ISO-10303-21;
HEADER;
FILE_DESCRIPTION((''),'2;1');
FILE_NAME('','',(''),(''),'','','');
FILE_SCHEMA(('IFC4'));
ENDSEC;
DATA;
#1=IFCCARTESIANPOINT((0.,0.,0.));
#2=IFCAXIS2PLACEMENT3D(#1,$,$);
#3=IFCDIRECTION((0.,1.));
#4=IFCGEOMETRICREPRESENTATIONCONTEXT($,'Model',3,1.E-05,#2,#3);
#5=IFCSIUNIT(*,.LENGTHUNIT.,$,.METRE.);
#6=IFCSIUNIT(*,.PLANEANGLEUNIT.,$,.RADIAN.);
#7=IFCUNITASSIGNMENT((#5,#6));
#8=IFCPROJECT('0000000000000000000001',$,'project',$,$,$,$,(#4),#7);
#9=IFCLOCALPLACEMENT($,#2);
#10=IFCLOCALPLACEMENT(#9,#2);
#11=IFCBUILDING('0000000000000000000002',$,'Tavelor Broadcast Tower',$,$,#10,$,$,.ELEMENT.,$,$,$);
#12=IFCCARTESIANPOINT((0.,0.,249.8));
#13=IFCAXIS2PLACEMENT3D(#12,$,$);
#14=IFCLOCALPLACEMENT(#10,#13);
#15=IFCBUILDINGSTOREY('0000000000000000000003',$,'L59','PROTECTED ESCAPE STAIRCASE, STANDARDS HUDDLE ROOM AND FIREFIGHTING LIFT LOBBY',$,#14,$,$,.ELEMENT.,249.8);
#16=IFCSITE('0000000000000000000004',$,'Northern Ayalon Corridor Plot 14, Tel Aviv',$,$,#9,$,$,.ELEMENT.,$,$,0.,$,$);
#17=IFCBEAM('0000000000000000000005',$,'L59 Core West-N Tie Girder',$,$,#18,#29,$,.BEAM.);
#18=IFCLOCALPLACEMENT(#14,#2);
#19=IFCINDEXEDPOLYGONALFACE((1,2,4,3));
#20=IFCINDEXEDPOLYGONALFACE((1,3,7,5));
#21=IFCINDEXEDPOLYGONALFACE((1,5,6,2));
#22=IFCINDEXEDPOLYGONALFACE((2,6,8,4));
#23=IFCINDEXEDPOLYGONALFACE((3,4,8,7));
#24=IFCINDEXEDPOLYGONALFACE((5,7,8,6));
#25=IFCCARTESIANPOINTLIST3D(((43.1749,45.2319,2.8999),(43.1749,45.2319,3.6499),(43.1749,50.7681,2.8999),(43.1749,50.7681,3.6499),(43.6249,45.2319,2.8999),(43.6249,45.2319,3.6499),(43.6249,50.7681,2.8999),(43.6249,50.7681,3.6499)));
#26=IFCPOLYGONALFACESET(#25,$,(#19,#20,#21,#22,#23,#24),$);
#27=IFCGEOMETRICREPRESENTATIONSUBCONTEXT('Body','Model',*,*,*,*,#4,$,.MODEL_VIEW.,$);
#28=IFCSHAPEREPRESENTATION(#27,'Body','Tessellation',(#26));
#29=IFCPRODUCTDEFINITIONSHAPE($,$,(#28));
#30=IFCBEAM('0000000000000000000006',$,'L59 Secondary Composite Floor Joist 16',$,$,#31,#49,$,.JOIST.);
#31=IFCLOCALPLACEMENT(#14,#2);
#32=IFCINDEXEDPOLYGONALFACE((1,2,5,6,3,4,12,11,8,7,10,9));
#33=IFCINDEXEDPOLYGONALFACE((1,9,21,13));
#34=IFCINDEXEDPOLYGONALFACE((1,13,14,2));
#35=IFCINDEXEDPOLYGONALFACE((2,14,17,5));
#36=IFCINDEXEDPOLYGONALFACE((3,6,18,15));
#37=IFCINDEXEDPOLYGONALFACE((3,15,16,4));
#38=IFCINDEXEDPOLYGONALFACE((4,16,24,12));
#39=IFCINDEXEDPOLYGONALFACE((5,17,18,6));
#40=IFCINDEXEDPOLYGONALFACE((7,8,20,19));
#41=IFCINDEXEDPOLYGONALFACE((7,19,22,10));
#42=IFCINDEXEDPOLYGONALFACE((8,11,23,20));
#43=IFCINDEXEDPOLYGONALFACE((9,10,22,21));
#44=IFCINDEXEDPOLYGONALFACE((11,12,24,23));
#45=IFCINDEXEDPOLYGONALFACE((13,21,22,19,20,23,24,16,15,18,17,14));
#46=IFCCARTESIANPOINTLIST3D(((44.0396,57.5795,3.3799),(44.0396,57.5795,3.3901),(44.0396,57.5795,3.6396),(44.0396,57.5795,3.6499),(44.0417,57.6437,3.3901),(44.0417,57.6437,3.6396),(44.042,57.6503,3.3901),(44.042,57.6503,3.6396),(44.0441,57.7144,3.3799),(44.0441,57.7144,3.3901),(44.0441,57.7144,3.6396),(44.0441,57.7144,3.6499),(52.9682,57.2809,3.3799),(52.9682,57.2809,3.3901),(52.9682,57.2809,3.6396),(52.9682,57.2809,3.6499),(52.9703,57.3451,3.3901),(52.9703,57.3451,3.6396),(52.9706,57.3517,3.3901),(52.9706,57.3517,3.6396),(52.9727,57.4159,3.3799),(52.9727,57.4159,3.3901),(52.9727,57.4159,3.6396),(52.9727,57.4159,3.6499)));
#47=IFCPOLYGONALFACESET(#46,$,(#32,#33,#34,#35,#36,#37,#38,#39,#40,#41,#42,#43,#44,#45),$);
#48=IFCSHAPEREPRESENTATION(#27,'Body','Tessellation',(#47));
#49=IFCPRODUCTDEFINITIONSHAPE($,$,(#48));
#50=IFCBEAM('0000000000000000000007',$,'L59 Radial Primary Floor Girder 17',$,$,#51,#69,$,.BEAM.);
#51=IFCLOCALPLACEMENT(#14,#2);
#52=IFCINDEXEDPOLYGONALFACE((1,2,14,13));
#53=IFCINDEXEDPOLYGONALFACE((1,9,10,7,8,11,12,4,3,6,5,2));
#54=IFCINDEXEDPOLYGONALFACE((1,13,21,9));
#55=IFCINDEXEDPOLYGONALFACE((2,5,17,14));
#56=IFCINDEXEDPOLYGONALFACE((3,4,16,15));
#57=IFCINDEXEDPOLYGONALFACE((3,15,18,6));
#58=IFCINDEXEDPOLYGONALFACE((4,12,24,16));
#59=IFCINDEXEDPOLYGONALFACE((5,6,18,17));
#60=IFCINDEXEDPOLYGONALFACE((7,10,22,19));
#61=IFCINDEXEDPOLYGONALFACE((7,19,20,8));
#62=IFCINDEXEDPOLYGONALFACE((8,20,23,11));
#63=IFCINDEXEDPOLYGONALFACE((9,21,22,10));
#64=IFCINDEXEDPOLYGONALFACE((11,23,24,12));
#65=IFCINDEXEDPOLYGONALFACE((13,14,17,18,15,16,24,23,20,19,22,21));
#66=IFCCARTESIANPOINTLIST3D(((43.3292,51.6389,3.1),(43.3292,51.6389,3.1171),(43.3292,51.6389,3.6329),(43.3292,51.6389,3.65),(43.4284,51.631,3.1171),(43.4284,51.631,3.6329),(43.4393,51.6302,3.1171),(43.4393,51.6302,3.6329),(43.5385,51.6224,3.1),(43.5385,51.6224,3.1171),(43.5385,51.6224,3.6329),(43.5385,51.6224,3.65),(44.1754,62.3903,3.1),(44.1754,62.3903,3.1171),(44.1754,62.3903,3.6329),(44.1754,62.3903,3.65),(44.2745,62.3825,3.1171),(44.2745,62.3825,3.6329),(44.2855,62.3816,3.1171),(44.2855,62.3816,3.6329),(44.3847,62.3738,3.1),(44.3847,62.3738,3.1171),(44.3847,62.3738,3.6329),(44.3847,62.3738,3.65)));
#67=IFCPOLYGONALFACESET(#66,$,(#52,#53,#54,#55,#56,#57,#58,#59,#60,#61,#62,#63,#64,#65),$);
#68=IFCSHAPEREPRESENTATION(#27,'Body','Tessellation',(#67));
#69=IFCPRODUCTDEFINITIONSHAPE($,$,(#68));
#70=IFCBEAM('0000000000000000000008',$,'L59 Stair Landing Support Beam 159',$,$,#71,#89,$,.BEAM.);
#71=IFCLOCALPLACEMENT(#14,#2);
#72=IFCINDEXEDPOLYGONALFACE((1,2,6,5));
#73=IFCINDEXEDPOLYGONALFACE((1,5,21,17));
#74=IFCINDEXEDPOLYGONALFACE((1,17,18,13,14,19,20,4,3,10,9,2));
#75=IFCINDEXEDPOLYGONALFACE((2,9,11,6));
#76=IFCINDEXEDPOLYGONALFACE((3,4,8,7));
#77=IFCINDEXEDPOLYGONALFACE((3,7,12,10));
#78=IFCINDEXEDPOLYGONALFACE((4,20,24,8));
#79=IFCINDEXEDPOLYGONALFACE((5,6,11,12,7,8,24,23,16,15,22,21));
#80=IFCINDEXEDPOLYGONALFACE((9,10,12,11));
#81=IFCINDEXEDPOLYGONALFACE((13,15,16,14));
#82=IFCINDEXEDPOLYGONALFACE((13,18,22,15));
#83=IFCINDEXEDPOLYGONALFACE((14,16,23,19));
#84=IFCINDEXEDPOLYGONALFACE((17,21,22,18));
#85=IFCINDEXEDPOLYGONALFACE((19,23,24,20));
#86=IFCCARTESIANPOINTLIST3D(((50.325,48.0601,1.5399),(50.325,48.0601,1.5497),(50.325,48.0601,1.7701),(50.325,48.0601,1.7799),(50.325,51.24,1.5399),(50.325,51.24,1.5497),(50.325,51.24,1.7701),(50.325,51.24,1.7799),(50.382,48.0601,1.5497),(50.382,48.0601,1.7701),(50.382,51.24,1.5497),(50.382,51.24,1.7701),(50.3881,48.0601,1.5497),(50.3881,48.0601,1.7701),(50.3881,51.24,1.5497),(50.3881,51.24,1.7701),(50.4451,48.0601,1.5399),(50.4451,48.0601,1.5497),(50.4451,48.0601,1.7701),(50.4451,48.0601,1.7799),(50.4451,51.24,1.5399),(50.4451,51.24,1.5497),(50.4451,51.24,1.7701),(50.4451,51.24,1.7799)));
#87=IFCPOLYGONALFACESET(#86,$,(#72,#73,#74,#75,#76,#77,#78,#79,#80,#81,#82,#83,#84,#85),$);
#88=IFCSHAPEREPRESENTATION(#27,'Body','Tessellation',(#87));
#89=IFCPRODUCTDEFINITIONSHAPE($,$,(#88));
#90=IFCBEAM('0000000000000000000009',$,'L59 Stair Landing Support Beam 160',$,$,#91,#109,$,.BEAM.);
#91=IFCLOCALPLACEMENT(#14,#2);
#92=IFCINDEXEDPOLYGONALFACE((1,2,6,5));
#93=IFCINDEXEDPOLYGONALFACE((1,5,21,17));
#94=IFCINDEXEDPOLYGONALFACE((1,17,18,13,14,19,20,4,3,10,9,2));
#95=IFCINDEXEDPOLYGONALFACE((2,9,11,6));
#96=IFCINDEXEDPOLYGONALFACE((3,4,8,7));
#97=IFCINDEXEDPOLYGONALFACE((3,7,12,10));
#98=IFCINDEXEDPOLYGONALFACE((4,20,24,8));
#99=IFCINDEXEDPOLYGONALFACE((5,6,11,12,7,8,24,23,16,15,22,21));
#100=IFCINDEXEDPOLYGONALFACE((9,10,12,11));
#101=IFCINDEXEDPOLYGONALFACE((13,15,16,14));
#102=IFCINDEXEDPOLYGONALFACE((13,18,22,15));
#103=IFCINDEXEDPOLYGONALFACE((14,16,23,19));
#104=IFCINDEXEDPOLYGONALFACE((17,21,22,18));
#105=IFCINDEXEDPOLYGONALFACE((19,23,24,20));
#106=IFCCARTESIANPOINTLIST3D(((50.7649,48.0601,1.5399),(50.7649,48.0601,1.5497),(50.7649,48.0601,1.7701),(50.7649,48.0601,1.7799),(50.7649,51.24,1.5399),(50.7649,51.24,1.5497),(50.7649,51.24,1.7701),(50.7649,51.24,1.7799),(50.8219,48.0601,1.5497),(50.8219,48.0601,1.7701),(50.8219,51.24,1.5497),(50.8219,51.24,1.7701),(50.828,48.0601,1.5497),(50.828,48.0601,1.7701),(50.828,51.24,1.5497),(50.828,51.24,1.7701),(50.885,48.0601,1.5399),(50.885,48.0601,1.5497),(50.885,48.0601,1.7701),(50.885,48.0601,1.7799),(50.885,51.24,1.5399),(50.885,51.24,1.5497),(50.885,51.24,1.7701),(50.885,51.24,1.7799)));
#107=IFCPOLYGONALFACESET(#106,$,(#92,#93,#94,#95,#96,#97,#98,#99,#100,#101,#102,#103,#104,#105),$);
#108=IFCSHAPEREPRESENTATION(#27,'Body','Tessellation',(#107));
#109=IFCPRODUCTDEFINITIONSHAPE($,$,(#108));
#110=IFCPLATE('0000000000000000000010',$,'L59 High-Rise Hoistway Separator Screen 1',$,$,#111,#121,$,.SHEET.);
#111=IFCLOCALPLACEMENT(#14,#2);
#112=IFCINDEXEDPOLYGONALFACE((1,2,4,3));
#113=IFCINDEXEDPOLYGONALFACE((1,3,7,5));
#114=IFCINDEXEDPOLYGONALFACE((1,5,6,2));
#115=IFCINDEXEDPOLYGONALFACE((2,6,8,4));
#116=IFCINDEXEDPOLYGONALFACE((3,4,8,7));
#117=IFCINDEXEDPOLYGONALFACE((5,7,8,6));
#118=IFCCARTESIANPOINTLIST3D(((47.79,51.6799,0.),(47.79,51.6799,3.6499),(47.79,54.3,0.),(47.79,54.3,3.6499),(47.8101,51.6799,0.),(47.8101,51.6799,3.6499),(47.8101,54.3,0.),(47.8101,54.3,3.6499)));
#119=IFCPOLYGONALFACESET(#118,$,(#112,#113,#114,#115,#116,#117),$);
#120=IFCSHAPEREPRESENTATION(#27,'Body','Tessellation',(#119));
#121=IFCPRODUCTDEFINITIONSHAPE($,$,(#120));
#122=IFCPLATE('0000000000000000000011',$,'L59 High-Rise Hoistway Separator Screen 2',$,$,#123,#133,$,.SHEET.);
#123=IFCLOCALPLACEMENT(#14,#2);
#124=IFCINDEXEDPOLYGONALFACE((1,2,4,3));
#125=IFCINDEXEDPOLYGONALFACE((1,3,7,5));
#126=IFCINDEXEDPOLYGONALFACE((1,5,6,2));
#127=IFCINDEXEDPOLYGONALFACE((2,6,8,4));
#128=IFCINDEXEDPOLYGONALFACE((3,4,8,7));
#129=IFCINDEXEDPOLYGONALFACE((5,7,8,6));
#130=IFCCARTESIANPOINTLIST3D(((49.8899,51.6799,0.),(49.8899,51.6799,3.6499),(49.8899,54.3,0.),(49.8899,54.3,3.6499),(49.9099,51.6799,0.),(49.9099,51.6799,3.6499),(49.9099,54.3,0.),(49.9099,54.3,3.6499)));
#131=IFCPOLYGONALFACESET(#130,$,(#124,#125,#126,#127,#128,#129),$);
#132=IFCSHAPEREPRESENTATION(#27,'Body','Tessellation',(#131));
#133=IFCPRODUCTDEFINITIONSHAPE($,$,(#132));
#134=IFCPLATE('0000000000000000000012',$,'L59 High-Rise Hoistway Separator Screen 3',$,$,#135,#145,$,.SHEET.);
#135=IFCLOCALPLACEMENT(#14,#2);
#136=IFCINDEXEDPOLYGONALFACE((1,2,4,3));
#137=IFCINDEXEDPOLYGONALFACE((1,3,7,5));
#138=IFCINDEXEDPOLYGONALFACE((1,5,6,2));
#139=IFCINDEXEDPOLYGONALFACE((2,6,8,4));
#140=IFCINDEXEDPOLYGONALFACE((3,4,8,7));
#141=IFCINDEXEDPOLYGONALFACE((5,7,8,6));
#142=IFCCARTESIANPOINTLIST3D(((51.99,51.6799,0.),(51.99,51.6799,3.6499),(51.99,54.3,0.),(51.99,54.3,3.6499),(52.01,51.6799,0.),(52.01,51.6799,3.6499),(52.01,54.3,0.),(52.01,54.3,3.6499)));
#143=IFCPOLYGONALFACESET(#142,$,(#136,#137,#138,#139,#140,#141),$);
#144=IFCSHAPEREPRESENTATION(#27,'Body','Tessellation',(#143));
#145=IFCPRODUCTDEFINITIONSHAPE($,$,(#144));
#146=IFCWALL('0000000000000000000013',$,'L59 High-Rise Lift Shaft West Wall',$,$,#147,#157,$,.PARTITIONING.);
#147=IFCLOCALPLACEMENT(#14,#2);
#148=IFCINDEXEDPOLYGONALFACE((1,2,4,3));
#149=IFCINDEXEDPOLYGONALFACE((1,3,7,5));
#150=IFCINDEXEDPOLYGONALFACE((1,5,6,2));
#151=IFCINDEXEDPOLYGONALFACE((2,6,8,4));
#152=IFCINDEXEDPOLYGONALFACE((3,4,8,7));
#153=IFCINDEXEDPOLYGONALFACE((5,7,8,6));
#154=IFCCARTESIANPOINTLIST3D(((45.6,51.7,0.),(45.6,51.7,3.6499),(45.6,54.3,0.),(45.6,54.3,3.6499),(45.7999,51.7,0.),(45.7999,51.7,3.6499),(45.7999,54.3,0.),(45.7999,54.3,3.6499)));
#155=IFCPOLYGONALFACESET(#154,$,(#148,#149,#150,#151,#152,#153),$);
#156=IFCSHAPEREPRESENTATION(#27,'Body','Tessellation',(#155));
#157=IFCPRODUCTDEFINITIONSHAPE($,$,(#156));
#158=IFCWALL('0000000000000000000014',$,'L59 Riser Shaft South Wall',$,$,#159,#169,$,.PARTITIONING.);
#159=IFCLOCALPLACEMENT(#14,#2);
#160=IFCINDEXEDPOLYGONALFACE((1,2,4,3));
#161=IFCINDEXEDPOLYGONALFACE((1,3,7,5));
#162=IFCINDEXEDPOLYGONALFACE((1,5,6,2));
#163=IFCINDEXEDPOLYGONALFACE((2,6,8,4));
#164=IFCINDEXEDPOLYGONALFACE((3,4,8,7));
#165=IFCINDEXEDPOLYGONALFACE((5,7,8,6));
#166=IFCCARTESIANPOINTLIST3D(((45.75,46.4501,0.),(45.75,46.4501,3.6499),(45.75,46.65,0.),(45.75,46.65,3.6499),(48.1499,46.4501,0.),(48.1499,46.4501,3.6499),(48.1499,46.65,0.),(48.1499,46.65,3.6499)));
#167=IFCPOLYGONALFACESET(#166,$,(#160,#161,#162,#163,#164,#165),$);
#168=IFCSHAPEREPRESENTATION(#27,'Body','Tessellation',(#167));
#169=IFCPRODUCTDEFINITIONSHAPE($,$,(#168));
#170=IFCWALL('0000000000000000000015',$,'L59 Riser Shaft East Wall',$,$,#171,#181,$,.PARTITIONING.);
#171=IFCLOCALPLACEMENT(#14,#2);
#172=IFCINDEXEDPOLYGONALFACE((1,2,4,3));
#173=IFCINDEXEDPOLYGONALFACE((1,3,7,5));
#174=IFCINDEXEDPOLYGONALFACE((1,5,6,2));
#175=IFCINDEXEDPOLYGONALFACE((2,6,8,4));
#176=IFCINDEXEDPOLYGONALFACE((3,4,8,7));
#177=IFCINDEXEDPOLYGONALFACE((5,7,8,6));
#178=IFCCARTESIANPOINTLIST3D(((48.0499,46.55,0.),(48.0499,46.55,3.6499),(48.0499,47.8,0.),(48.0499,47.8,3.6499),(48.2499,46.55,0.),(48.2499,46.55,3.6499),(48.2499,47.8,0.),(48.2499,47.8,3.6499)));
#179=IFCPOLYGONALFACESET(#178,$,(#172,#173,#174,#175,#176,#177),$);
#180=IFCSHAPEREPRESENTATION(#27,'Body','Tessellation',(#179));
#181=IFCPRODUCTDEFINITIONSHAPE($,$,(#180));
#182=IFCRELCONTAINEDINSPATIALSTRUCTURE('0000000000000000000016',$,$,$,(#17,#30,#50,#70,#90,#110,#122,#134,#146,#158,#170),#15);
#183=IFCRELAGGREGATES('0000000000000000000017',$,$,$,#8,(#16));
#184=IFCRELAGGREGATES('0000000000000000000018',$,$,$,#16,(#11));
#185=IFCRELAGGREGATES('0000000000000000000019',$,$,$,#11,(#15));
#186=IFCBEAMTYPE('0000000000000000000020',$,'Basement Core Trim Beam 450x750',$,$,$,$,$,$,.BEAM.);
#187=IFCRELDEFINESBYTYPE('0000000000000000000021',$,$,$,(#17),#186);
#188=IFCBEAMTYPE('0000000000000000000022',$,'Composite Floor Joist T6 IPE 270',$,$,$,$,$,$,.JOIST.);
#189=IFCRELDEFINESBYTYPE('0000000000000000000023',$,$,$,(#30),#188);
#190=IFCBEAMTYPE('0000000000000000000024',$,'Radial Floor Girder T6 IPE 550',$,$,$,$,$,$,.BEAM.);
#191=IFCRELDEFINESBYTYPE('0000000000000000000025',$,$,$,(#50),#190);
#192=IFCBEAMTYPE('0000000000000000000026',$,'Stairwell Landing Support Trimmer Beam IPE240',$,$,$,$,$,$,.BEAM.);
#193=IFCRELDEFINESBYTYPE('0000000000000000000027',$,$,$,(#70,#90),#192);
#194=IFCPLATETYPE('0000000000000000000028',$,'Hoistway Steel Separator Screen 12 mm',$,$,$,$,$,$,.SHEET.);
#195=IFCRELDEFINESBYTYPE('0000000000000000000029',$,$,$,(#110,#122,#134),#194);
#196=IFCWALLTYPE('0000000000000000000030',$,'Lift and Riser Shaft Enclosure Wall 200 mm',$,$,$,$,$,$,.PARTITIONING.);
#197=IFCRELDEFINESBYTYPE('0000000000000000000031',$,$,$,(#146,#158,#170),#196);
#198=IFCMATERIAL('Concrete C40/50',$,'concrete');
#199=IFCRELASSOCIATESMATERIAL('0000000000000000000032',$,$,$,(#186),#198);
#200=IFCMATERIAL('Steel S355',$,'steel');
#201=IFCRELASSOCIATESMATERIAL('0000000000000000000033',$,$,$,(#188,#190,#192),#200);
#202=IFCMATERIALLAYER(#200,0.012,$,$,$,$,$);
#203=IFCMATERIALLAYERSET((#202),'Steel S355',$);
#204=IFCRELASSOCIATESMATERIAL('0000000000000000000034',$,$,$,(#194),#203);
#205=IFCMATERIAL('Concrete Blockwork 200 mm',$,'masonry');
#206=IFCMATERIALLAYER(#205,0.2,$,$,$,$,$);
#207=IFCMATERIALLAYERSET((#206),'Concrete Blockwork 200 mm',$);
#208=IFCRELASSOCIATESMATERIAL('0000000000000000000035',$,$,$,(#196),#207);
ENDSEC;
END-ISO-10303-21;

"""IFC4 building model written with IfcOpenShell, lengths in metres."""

from ifc_helpers import new_model, si_unit, direction, frame, frame_2d, origin, origin_2d, place, context, subcontext, project, spatial, rectangle, i_section, extrude, source, transform, mapped, material, layer, layer_set, material_profile, profile_set, type_object, type_shapes, element, save


model = new_model("IFC4")

# Units and contexts
model_context = context("Model", 3, precision=1e-05, world=origin(), true_north=direction((0.0, 1.0)))
body_context = subcontext(model_context, "Body", "Model", "MODEL_VIEW")
ifc_project = project(units=[si_unit("LENGTHUNIT", "METRE"), si_unit("PLANEANGLEUNIT", "RADIAN")], contexts=[model_context])

# Site, building, storey
site_placement = place(None, origin())
site = spatial("IfcSite", under=ifc_project, at=site_placement, Name="Northern Ayalon Corridor Plot 14, Tel Aviv", CompositionType="ELEMENT", RefElevation=0.0)
building_placement = place(site_placement, origin())
building = spatial("IfcBuilding", under=site, at=building_placement, Name="Tavelor Broadcast Tower", CompositionType="ELEMENT")
storey_placement = place(building_placement, frame((0.0, 0.0, 249.8)))
storey = spatial("IfcBuildingStorey", under=building, at=storey_placement, Name="L59", Description="PROTECTED ESCAPE STAIRCASE, STANDARDS HUDDLE ROOM AND FIREFIGHTING LIFT LOBBY", CompositionType="ELEMENT", Elevation=249.8)

# Beams
ifc_material_1 = material(Name="Concrete C40/50", Category="concrete")
ifc_material_profile_1 = material_profile(ifc_material_1, rectangle(XDim=0.45, YDim=0.75, at=origin_2d()), Name="RC 450x750")
ifc_profile_set_1 = profile_set([ifc_material_profile_1], Name="Concrete C40/50")
beam_type_1 = type_object("IfcBeamType", Name="Basement Core Trim Beam 450x750", PredefinedType="BEAM", material=ifc_profile_set_1)
beam_1_placement = place(storey_placement, frame((43.3999, 45.2319, 3.2749), z_axis=(0.0, 1.0, 0.0), x_axis=(-1.0, 0.0, 0.0)))
element("IfcBeam", 1, at=beam_1_placement, inside=storey, type_object=beam_type_1, Name="L59 Core West-N Tie Girder", PredefinedType="BEAM", context=body_context, shape_type="SweptSolid", body=[
    extrude(rectangle(XDim=0.45, YDim=0.75, at=origin_2d()), origin(), (0.0, 0.0, 1.0), 5.5361),
])
ifc_material_2 = material(Name="Steel S355", Category="steel")
ifc_material_profile_2 = material_profile(ifc_material_2, i_section(OverallWidth=0.135, OverallDepth=0.27, WebThickness=0.0066, FlangeThickness=0.0103, at=origin_2d()), Name="IPE 270")
ifc_profile_set_2 = profile_set([ifc_material_profile_2], Name="Steel S355")
beam_type_2 = type_object("IfcBeamType", Name="Composite Floor Joist T6 IPE 270", PredefinedType="JOIST", material=ifc_profile_set_2)
beam_2_placement = place(storey_placement, frame((52.9705, 57.3484, 3.5149), z_axis=(-0.999441, 0.033422, 0.0), x_axis=(-0.033422, -0.999441, 0.0)))
element("IfcBeam", 2, at=beam_2_placement, inside=storey, type_object=beam_type_2, Name="L59 Secondary Composite Floor Joist 16", PredefinedType="JOIST", context=body_context, shape_type="SweptSolid", body=[
    extrude(i_section(OverallWidth=0.135, OverallDepth=0.27, WebThickness=0.0066, FlangeThickness=0.0103, at=origin_2d()), origin(), (0.0, 0.0, 1.0), 8.9336),
])
ifc_material_profile_3 = material_profile(ifc_material_2, i_section(OverallWidth=0.21, OverallDepth=0.55, WebThickness=0.011, FlangeThickness=0.0171, at=origin_2d()), Name="IPE 550")
ifc_profile_set_3 = profile_set([ifc_material_profile_3], Name="Steel S355")
beam_type_3 = type_object("IfcBeamType", Name="Radial Floor Girder T6 IPE 550", PredefinedType="BEAM", material=ifc_profile_set_3)
beam_3_placement = place(storey_placement, frame((43.4338, 51.6306, 3.375), z_axis=(0.078462, 0.996917, 0.0), x_axis=(-0.996917, 0.078462, 0.0)))
element("IfcBeam", 3, at=beam_3_placement, inside=storey, type_object=beam_type_3, Name="L59 Radial Primary Floor Girder 17", PredefinedType="BEAM", context=body_context, shape_type="SweptSolid", body=[
    extrude(i_section(OverallWidth=0.21, OverallDepth=0.55, WebThickness=0.011, FlangeThickness=0.0171, at=origin_2d()), origin(), (0.0, 0.0, 1.0), 10.7847),
])
ifc_material_profile_4 = material_profile(ifc_material_2, i_section(OverallWidth=0.1201, OverallDepth=0.24, WebThickness=0.0061, FlangeThickness=0.0098, at=origin_2d()), Name="IPE 240")
ifc_profile_set_4 = profile_set([ifc_material_profile_4], Name="Steel S355")
beam_type_4 = type_object("IfcBeamType", Name="Stairwell Landing Support Trimmer Beam IPE240", PredefinedType="BEAM", material=ifc_profile_set_4)
for number, where, z_axis, x_axis, name in (
    (4, (50.385, 48.0601, 1.6599), (0.0, 1.0, 0.0), (-1.0, 0.0, 0.0), "L59 Stair Landing Support Beam 159"),
    (5, (50.825, 48.0601, 1.6599), (0.0, 1.0, 0.0), (-1.0, 0.0, 0.0), "L59 Stair Landing Support Beam 160"),
):
    element("IfcBeam", number, at=place(storey_placement, frame(where, z_axis=z_axis, x_axis=x_axis)), inside=storey, type_object=beam_type_4, Name=name, PredefinedType="BEAM", context=body_context, shape_type="SweptSolid", body=[
        extrude(i_section(OverallWidth=0.1201, OverallDepth=0.24, WebThickness=0.0061, FlangeThickness=0.0098, at=origin_2d()), origin(), (0.0, 0.0, 1.0), 3.1799),
    ])

# Plates
ifc_layer_1 = layer(ifc_material_2, 0.012)
ifc_layer_set_1 = layer_set([ifc_layer_1], Name="Steel S355")
plate_type = type_object("IfcPlateType", Name="Hoistway Steel Separator Screen 12 mm", PredefinedType="SHEET", material=ifc_layer_set_1)
shared_shape = source(origin(), body_context, "Body", "SweptSolid", [
    extrude(rectangle(XDim=0.02, YDim=2.6201, at=origin_2d()), origin(), (0.0, 0.0, 1.0), 3.6499),
])
type_shapes(plate_type, [shared_shape])
for number, where, z_axis, x_axis, name in (
    (6, (47.8, 52.99, 0.0), (0.0, 0.0, 1.0), (1.0, 0.0, 0.0), "L59 High-Rise Hoistway Separator Screen 1"),
    (7, (49.8999, 52.99, 0.0), (0.0, 0.0, 1.0), (1.0, 0.0, 0.0), "L59 High-Rise Hoistway Separator Screen 2"),
    (8, (52.0, 52.99, 0.0), (0.0, 0.0, 1.0), (1.0, 0.0, 0.0), "L59 High-Rise Hoistway Separator Screen 3"),
):
    element("IfcPlate", number, at=place(storey_placement, frame(where, z_axis=z_axis, x_axis=x_axis)), inside=storey, type_object=plate_type, Name=name, PredefinedType="SHEET", context=body_context, shape_type="MappedRepresentation", body=[
        mapped(shared_shape, transform((0.0, 0.0, 0.0), scale=1.0)),
    ])

# Shared definitions
ifc_material_3 = material(Name="Concrete Blockwork 200 mm", Category="masonry")

# Walls
ifc_layer_2 = layer(ifc_material_3, 0.2)
ifc_layer_set_2 = layer_set([ifc_layer_2], Name="Concrete Blockwork 200 mm")
wall_type_1 = type_object("IfcWallType", Name="Lift and Riser Shaft Enclosure Wall 200 mm", PredefinedType="PARTITIONING", material=ifc_layer_set_2)
wall_1_placement = place(storey_placement, frame((45.7, 51.7, 0.0), z_axis=(0.0, 0.0, 1.0), x_axis=(0.0, 1.0, 0.0)))
element("IfcWall", 9, at=wall_1_placement, inside=storey, type_object=wall_type_1, Name="L59 High-Rise Lift Shaft West Wall", PredefinedType="PARTITIONING", context=body_context, shape_type="SweptSolid", body=[
    extrude(rectangle(XDim=2.6001, YDim=0.2, at=frame_2d((1.3, 0.0))), origin(), (0.0, 0.0, 1.0), 3.6499),
])
wall_2_placement = place(storey_placement, frame((45.75, 46.55, 0.0), z_axis=(0.0, 0.0, 1.0), x_axis=(1.0, 0.0, 0.0)))
element("IfcWall", 10, at=wall_2_placement, inside=storey, type_object=wall_type_1, Name="L59 Riser Shaft South Wall", PredefinedType="PARTITIONING", context=body_context, shape_type="SweptSolid", body=[
    extrude(rectangle(XDim=2.3999, YDim=0.2, at=frame_2d((1.2, 0.0))), origin(), (0.0, 0.0, 1.0), 3.6499),
])
wall_3_placement = place(storey_placement, frame((48.1499, 46.55, 0.0), z_axis=(0.0, 0.0, 1.0), x_axis=(0.0, 1.0, 0.0)))
element("IfcWall", 11, at=wall_3_placement, inside=storey, type_object=wall_type_1, Name="L59 Riser Shaft East Wall", PredefinedType="PARTITIONING", context=body_context, shape_type="SweptSolid", body=[
    extrude(rectangle(XDim=1.25, YDim=0.2, at=frame_2d((0.625, 0.0))), origin(), (0.0, 0.0, 1.0), 3.6499),
])

save(model, "model.ifc")
